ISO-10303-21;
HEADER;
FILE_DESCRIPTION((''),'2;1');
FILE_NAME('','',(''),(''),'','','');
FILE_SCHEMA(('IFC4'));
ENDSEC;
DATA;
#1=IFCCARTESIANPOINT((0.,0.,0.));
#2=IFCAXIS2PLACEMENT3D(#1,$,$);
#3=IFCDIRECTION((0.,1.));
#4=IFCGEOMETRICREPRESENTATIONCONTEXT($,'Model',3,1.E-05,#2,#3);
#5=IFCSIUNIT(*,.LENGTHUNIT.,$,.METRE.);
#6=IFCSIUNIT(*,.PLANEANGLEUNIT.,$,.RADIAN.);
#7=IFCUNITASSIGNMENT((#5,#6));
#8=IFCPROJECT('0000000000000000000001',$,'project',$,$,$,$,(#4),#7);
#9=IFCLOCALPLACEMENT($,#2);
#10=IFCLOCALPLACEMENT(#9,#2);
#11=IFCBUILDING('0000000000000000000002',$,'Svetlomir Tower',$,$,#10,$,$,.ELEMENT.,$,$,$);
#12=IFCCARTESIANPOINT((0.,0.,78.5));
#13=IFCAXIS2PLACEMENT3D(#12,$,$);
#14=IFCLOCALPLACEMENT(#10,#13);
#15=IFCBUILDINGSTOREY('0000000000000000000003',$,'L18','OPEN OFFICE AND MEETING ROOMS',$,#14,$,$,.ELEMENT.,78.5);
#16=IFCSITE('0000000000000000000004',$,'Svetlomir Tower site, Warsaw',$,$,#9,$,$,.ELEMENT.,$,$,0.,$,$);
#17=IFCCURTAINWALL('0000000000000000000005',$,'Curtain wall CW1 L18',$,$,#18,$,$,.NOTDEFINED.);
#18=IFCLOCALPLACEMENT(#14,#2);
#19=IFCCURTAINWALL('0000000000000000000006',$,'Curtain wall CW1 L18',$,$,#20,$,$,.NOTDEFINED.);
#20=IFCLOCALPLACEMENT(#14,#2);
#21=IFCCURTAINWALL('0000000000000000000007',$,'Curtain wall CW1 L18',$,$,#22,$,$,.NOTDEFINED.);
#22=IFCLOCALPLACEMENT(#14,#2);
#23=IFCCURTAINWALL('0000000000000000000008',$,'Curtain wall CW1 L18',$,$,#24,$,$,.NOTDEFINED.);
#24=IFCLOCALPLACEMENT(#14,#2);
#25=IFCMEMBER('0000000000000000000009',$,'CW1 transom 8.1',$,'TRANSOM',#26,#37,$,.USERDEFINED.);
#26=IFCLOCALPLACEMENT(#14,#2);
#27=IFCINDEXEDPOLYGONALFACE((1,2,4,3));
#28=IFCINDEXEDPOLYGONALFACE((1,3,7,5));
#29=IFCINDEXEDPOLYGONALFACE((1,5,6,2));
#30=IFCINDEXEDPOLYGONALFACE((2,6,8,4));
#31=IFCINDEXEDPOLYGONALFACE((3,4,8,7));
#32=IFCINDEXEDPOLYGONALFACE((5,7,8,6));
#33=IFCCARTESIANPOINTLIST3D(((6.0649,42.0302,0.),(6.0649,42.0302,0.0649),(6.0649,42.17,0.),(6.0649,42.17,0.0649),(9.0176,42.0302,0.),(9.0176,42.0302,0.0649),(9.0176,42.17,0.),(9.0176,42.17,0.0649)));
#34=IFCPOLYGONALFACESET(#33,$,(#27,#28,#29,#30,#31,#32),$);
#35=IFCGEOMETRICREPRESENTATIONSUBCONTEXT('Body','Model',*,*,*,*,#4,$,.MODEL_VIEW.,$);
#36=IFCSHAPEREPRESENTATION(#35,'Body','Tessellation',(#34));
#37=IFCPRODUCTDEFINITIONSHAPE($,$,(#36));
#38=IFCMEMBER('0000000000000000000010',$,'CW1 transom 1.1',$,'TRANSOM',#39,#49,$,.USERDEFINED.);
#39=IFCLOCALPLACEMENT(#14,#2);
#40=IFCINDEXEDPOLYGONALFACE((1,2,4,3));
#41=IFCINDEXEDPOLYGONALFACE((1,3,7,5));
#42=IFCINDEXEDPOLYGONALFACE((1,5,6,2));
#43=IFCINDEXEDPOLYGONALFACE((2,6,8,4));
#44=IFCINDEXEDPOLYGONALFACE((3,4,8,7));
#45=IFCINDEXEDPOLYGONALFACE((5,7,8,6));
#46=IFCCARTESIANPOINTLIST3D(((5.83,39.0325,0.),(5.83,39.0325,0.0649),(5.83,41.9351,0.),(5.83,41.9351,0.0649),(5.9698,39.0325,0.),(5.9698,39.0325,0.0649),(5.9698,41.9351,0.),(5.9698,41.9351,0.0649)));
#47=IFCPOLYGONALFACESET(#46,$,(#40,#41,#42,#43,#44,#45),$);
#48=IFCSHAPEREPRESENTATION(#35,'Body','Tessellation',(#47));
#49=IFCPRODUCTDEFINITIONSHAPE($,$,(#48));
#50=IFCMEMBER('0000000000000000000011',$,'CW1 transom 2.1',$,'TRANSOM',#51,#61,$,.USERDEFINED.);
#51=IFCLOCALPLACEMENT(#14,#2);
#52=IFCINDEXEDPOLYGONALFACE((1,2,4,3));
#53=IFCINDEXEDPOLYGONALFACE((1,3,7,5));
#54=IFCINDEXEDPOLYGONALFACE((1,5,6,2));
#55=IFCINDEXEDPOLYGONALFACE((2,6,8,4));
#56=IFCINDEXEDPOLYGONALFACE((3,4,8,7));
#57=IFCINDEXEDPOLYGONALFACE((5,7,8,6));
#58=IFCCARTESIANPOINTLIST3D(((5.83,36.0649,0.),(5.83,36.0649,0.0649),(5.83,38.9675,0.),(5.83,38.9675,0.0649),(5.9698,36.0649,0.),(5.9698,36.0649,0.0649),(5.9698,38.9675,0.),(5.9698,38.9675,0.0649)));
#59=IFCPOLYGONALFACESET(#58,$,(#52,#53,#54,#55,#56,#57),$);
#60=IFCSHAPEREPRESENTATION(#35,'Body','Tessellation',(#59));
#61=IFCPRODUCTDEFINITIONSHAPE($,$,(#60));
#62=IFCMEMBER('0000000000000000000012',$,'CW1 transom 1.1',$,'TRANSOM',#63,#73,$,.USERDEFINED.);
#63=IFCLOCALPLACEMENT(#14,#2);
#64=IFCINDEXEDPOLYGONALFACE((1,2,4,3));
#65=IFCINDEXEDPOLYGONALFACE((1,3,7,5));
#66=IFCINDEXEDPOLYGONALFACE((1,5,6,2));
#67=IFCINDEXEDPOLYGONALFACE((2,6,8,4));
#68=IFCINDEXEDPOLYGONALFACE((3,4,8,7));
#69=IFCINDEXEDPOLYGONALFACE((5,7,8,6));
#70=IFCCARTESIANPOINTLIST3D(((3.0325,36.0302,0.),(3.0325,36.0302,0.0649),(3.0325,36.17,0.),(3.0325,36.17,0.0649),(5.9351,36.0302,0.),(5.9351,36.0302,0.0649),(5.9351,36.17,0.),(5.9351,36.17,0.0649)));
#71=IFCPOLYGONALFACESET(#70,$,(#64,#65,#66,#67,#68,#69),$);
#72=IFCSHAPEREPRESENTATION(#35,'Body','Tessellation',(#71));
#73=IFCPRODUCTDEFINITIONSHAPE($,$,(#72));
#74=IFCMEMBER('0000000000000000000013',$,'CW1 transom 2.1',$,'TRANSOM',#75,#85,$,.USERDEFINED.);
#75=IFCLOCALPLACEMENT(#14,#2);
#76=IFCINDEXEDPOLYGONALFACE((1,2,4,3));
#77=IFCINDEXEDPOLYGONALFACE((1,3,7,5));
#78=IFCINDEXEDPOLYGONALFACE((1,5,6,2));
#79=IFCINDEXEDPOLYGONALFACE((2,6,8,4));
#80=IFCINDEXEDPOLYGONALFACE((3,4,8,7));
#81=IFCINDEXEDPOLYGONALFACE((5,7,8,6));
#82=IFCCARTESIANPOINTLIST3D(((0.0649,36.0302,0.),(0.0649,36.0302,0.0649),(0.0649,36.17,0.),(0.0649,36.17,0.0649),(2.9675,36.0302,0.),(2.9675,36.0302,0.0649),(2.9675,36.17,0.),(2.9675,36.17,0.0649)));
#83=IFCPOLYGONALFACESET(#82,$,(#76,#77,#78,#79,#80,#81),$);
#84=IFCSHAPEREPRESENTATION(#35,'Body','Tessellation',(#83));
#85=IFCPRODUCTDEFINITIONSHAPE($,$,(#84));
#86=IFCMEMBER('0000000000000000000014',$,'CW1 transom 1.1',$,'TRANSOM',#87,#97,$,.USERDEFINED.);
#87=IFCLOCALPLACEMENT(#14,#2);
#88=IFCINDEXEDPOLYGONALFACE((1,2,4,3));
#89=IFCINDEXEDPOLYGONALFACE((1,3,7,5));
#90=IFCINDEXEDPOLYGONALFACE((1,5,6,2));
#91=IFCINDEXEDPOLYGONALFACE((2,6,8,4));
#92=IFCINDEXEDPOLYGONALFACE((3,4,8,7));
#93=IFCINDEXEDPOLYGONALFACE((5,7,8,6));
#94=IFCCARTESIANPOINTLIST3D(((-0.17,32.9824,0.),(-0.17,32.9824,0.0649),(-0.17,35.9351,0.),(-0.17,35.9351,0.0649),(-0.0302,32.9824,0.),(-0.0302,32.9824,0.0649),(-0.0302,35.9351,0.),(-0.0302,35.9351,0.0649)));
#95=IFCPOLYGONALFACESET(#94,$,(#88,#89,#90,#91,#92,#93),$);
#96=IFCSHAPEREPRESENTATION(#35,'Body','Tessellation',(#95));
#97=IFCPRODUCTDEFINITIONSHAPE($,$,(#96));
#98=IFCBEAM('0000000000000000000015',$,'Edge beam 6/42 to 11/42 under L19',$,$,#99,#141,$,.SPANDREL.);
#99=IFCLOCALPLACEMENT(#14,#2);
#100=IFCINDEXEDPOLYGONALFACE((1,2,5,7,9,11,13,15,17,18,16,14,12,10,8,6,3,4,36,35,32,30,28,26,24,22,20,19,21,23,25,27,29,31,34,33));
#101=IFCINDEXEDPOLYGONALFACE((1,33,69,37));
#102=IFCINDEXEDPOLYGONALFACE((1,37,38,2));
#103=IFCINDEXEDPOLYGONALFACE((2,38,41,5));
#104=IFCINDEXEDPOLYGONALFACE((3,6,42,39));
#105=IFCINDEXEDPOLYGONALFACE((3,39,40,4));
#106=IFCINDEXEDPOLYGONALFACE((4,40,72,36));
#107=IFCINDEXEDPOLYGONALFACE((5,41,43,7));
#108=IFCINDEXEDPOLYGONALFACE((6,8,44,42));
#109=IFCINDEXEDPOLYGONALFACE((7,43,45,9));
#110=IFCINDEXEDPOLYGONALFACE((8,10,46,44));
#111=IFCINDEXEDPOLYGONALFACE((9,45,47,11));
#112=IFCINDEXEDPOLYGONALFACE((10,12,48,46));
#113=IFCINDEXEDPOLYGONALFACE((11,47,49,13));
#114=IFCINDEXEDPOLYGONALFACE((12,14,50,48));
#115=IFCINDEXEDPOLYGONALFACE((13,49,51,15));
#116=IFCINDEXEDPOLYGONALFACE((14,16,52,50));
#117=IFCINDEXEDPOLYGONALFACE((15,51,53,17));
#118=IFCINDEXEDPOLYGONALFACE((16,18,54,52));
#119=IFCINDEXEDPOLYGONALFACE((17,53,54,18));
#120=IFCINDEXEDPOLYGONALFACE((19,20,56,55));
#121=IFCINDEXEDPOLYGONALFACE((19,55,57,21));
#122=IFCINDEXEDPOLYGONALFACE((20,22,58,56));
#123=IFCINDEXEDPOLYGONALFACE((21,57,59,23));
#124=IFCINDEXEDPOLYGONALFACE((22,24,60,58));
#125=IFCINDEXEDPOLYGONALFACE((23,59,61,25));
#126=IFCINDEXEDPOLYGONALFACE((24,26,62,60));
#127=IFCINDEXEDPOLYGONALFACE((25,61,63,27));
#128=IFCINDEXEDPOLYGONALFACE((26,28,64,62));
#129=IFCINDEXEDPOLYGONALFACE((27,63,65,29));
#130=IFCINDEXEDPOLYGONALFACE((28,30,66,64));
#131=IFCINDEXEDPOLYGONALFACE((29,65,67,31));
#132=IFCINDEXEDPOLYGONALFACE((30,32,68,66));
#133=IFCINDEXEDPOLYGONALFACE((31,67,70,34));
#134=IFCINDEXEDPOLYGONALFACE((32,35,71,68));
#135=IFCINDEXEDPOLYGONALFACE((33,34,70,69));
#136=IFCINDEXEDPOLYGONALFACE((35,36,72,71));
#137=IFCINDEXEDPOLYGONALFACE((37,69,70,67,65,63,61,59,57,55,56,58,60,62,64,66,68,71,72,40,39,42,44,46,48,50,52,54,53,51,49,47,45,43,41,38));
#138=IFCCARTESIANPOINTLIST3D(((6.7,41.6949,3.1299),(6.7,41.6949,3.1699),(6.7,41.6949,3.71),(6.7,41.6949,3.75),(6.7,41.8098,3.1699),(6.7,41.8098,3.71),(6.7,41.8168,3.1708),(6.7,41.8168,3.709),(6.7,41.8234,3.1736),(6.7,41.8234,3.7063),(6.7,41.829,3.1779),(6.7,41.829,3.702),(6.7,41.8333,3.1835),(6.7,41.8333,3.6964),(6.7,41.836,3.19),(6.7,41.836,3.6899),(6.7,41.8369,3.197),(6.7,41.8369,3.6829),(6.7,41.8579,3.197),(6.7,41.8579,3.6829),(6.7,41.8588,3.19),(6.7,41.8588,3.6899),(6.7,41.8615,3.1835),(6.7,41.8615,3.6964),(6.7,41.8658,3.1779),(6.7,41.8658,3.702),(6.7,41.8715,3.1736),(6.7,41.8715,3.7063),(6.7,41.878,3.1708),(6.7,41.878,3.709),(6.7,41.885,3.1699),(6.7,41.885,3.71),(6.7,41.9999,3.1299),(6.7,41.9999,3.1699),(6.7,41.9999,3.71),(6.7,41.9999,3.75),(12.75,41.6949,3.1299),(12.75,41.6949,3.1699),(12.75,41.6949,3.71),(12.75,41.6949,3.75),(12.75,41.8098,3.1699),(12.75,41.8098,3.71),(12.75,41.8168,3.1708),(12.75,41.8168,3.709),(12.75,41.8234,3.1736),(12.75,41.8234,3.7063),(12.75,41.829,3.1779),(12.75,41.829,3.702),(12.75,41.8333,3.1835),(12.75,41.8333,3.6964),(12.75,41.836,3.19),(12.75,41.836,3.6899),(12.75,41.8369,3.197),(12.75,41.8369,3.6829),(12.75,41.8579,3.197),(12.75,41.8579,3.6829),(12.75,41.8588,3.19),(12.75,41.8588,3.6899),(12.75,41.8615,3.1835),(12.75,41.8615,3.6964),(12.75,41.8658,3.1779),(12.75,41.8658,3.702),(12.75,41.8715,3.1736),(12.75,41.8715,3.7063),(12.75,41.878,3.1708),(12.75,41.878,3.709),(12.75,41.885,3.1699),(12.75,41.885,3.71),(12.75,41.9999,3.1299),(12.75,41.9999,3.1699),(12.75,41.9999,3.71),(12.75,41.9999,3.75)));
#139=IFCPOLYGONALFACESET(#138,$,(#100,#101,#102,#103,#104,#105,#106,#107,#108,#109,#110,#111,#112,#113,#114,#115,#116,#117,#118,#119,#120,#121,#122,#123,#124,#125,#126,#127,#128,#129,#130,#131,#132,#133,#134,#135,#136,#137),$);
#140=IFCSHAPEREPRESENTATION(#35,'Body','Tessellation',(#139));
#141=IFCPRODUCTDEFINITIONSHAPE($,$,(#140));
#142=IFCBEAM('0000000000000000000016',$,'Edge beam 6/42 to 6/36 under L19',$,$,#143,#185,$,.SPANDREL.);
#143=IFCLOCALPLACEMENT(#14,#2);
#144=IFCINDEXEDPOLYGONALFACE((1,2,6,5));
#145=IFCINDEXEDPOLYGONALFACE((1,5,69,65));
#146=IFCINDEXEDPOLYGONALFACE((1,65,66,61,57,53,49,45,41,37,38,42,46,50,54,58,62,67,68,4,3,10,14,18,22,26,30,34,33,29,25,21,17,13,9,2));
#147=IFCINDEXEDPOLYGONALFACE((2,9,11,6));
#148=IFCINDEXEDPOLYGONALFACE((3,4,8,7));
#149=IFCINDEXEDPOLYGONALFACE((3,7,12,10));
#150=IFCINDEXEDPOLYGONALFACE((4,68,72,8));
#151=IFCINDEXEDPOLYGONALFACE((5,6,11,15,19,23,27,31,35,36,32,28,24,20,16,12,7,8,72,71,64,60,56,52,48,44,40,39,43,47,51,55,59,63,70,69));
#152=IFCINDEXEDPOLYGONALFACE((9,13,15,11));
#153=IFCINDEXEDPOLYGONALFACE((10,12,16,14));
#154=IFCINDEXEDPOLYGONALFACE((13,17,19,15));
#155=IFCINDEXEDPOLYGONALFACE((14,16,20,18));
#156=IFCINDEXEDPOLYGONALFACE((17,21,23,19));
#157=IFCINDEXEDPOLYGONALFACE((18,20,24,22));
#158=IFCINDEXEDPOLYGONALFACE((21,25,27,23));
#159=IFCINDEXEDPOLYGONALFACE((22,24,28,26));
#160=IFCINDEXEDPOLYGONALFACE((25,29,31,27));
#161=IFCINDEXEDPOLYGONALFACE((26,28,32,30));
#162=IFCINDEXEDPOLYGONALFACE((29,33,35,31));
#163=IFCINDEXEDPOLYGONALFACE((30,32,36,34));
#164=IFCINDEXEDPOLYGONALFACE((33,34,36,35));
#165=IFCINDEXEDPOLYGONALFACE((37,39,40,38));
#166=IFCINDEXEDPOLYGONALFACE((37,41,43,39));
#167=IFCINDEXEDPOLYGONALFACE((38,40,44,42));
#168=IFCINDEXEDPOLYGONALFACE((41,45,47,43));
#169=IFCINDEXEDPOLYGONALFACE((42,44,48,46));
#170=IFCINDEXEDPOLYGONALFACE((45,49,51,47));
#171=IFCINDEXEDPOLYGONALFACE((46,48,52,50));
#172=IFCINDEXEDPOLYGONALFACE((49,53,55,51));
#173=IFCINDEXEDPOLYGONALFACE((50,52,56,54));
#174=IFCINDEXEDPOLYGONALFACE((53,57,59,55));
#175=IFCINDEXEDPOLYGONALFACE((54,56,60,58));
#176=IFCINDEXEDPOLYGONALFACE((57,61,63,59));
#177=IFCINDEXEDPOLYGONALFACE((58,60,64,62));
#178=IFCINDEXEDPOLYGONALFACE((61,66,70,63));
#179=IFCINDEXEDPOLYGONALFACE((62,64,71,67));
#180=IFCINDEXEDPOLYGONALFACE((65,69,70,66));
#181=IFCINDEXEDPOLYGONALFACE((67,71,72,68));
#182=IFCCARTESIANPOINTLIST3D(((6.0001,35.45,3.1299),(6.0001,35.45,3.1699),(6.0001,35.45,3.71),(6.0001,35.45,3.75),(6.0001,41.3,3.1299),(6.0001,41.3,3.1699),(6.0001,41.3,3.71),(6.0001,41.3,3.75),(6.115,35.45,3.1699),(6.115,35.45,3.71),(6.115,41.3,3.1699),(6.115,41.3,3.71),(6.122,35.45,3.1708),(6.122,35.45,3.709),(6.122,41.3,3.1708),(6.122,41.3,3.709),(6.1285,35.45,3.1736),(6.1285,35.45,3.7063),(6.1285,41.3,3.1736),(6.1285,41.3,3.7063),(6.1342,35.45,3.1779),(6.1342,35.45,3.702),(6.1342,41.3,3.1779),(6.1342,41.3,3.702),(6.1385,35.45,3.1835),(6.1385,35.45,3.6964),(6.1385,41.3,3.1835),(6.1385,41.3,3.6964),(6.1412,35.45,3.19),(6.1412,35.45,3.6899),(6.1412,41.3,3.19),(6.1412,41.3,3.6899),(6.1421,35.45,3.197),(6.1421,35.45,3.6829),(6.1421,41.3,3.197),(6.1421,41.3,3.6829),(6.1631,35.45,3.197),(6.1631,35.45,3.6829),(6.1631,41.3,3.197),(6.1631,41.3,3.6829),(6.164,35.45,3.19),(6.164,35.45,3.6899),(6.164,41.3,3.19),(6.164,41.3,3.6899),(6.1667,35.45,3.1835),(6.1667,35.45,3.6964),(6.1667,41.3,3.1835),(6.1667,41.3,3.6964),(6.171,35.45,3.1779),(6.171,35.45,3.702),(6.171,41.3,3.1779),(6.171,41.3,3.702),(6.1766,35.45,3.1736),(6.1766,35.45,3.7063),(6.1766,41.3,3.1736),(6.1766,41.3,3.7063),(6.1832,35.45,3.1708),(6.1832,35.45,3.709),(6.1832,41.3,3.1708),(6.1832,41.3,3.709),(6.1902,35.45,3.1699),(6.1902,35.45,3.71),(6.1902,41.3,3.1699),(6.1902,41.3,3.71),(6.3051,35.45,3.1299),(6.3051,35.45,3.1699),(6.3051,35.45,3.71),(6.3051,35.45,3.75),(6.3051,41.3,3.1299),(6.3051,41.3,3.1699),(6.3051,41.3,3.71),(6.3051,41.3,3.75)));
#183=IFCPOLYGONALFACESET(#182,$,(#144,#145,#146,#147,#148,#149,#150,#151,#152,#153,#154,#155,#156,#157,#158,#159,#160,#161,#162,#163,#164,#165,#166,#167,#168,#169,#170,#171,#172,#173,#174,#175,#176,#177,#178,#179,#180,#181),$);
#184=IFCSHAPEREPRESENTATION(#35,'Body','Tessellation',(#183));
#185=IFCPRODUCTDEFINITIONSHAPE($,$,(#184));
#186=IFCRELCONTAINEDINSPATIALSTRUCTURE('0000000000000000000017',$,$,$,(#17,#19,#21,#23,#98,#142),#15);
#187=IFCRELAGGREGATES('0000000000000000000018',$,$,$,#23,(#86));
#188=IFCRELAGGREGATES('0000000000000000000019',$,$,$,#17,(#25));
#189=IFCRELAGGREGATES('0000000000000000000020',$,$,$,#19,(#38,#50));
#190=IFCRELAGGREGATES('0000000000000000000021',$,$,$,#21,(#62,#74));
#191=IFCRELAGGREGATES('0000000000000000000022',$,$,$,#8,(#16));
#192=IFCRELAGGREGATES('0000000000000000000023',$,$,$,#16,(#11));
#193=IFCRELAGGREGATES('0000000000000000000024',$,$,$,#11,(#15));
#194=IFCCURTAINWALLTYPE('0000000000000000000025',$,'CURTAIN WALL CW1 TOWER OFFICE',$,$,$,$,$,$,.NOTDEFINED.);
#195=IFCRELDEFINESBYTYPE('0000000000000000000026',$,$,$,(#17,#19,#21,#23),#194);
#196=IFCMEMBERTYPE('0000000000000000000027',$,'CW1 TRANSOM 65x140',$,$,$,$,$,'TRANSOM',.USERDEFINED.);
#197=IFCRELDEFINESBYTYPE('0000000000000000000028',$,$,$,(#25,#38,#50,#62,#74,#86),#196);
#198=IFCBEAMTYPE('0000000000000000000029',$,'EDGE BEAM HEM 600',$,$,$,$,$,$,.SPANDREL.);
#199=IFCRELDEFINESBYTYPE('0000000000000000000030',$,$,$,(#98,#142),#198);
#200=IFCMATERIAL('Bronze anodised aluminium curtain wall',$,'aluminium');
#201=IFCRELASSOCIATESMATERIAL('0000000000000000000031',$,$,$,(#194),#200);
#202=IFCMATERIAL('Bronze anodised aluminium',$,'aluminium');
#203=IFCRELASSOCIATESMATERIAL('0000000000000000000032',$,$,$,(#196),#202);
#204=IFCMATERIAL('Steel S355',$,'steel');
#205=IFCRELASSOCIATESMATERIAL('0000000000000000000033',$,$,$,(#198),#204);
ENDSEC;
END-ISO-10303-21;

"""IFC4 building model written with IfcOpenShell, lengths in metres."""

from ifc_helpers import new_model, si_unit, direction, frame, origin, origin_2d, place, context, subcontext, project, spatial, rectangle, i_section, extrude, material, material_profile, profile_set, type_object, element, aggregate, save


model = new_model("IFC4")

# Units and contexts
model_context = context("Model", 3, precision=1e-05, world=origin(), true_north=direction((0.0, 1.0)))
body_context = subcontext(model_context, "Body", "Model", "MODEL_VIEW")
ifc_project = project(units=[si_unit("LENGTHUNIT", "METRE"), si_unit("PLANEANGLEUNIT", "RADIAN")], contexts=[model_context])

# Site, building, storey
site_placement = place(None, origin())
site = spatial("IfcSite", under=ifc_project, at=site_placement, Name="Svetlomir Tower site, Warsaw", CompositionType="ELEMENT", RefElevation=0.0)
building_placement = place(site_placement, origin())
building = spatial("IfcBuilding", under=site, at=building_placement, Name="Svetlomir Tower", CompositionType="ELEMENT")
storey_placement = place(building_placement, frame((0.0, 0.0, 78.5)))
storey = spatial("IfcBuildingStorey", under=building, at=storey_placement, Name="L18", Description="OPEN OFFICE AND MEETING ROOMS", CompositionType="ELEMENT", Elevation=78.5)

# Curtain walls
ifc_material_1 = material(Name="Bronze anodised aluminium curtain wall", Category="aluminium")
curtain_wall_type = type_object("IfcCurtainWallType", Name="CURTAIN WALL CW1 TOWER OFFICE", PredefinedType="NOTDEFINED", material=ifc_material_1)
curtain_wall_1_placement = place(storey_placement, origin())
curtain_wall_1 = element("IfcCurtainWall", 1, at=curtain_wall_1_placement, inside=storey, type_object=curtain_wall_type, Name="Curtain wall CW1 L18", PredefinedType="NOTDEFINED")
curtain_wall_2_placement = place(storey_placement, origin())
curtain_wall_2 = element("IfcCurtainWall", 2, at=curtain_wall_2_placement, inside=storey, type_object=curtain_wall_type, Name="Curtain wall CW1 L18", PredefinedType="NOTDEFINED")
curtain_wall_3_placement = place(storey_placement, origin())
curtain_wall_3 = element("IfcCurtainWall", 3, at=curtain_wall_3_placement, inside=storey, type_object=curtain_wall_type, Name="Curtain wall CW1 L18", PredefinedType="NOTDEFINED")

# Curtain wall
curtain_wall_4_placement = place(storey_placement, origin())
curtain_wall_4 = element("IfcCurtainWall", 4, at=curtain_wall_4_placement, inside=storey, type_object=curtain_wall_type, Name="Curtain wall CW1 L18", PredefinedType="NOTDEFINED")

# Members
ifc_material_2 = material(Name="Bronze anodised aluminium", Category="aluminium")
ifc_material_profile_1 = material_profile(ifc_material_2, rectangle(XDim=0.1399, YDim=0.0649, at=origin_2d()), Name="AL 140x65")
ifc_profile_set_1 = profile_set([ifc_material_profile_1], Name="Bronze anodised aluminium 6063-T6")
member_type_1 = type_object("IfcMemberType", Name="CW1 TRANSOM 65x140", ElementType="TRANSOM", PredefinedType="USERDEFINED", material=ifc_profile_set_1)
member_1_placement = place(storey_placement, frame((9.0176, 42.1001, 0.0325), z_axis=(-1.0, 0.0, 0.0), x_axis=(0.0, -1.0, 0.0)))
member_1 = element("IfcMember", 5, at=member_1_placement, type_object=member_type_1, Name="CW1 transom 8.1", ObjectType="TRANSOM", PredefinedType="USERDEFINED", context=body_context, shape_type="SweptSolid", body=[
    extrude(rectangle(XDim=0.1399, YDim=0.0649, at=origin_2d()), origin(), (0.0, 0.0, 1.0), 2.9526),
])
member_2_placement = place(storey_placement, frame((5.8999, 41.9351, 0.0325), z_axis=(0.0, -1.0, 0.0), x_axis=(1.0, 0.0, 0.0)))
member_2 = element("IfcMember", 6, at=member_2_placement, type_object=member_type_1, Name="CW1 transom 1.1", ObjectType="TRANSOM", PredefinedType="USERDEFINED", context=body_context, shape_type="SweptSolid", body=[
    extrude(rectangle(XDim=0.1399, YDim=0.0649, at=origin_2d()), origin(), (0.0, 0.0, 1.0), 2.9026),
])
member_3_placement = place(storey_placement, frame((5.8999, 38.9675, 0.0325), z_axis=(0.0, -1.0, 0.0), x_axis=(1.0, 0.0, 0.0)))
member_3 = element("IfcMember", 7, at=member_3_placement, type_object=member_type_1, Name="CW1 transom 2.1", ObjectType="TRANSOM", PredefinedType="USERDEFINED", context=body_context, shape_type="SweptSolid", body=[
    extrude(rectangle(XDim=0.1399, YDim=0.0649, at=origin_2d()), origin(), (0.0, 0.0, 1.0), 2.9026),
])
member_4_placement = place(storey_placement, frame((5.9351, 36.1001, 0.0325), z_axis=(-1.0, 0.0, 0.0), x_axis=(0.0, -1.0, 0.0)))
member_4 = element("IfcMember", 8, at=member_4_placement, type_object=member_type_1, Name="CW1 transom 1.1", ObjectType="TRANSOM", PredefinedType="USERDEFINED", context=body_context, shape_type="SweptSolid", body=[
    extrude(rectangle(XDim=0.1399, YDim=0.0649, at=origin_2d()), origin(), (0.0, 0.0, 1.0), 2.9026),
])
member_5_placement = place(storey_placement, frame((2.9675, 36.1001, 0.0325), z_axis=(-1.0, 0.0, 0.0), x_axis=(0.0, -1.0, 0.0)))
member_5 = element("IfcMember", 9, at=member_5_placement, type_object=member_type_1, Name="CW1 transom 2.1", ObjectType="TRANSOM", PredefinedType="USERDEFINED", context=body_context, shape_type="SweptSolid", body=[
    extrude(rectangle(XDim=0.1399, YDim=0.0649, at=origin_2d()), origin(), (0.0, 0.0, 1.0), 2.9026),
])
member_6_placement = place(storey_placement, frame((-0.1001, 35.9351, 0.0325), z_axis=(0.0, -1.0, 0.0), x_axis=(1.0, 0.0, 0.0)))
member_6 = element("IfcMember", 10, at=member_6_placement, type_object=member_type_1, Name="CW1 transom 1.1", ObjectType="TRANSOM", PredefinedType="USERDEFINED", context=body_context, shape_type="SweptSolid", body=[
    extrude(rectangle(XDim=0.1399, YDim=0.0649, at=origin_2d()), origin(), (0.0, 0.0, 1.0), 2.9526),
])
aggregate(curtain_wall_4, [member_6])

# Beams
ifc_material_3 = material(Name="Steel S355", Category="steel")
ifc_material_profile_2 = material_profile(ifc_material_3, i_section(OverallWidth=0.3049, OverallDepth=0.6201, WebThickness=0.021, FlangeThickness=0.04, FilletRadius=0.0271, at=origin_2d()), Name="HEM 600")
ifc_profile_set_2 = profile_set([ifc_material_profile_2], Name="Steel S355")
beam_type = type_object("IfcBeamType", Name="EDGE BEAM HEM 600", PredefinedType="SPANDREL", material=ifc_profile_set_2)
beam_placement = place(storey_placement, frame((6.7, 41.8474, 3.4399), z_axis=(1.0, 0.0, 0.0), x_axis=(0.0, 1.0, 0.0)))
element("IfcBeam", 11, at=beam_placement, inside=storey, type_object=beam_type, Name="Edge beam 6/42 to 11/42 under L19", PredefinedType="SPANDREL", context=body_context, shape_type="SweptSolid", body=[
    extrude(i_section(OverallWidth=0.3049, OverallDepth=0.6201, WebThickness=0.021, FlangeThickness=0.04, FilletRadius=0.0271, at=origin_2d()), origin(), (0.0, 0.0, 1.0), 6.05),
])
for number, where, z_axis, x_axis, name in (
    (12, (6.1526, 41.3, 3.4399), (0.0, -1.0, 0.0), (1.0, 0.0, 0.0), "Edge beam 6/42 to 6/36 under L19"),
):
    element("IfcBeam", number, at=place(storey_placement, frame(where, z_axis=z_axis, x_axis=x_axis)), inside=storey, type_object=beam_type, Name=name, PredefinedType="SPANDREL", context=body_context, shape_type="SweptSolid", body=[
        extrude(i_section(OverallWidth=0.3049, OverallDepth=0.6201, WebThickness=0.021, FlangeThickness=0.04, FilletRadius=0.0271, at=origin_2d()), origin(), (0.0, 0.0, 1.0), 5.8501),
    ])

aggregate(curtain_wall_1, [member_1])
aggregate(curtain_wall_2, [member_2, member_3])
aggregate(curtain_wall_3, [member_4, member_5])

save(model, "model.ifc")
